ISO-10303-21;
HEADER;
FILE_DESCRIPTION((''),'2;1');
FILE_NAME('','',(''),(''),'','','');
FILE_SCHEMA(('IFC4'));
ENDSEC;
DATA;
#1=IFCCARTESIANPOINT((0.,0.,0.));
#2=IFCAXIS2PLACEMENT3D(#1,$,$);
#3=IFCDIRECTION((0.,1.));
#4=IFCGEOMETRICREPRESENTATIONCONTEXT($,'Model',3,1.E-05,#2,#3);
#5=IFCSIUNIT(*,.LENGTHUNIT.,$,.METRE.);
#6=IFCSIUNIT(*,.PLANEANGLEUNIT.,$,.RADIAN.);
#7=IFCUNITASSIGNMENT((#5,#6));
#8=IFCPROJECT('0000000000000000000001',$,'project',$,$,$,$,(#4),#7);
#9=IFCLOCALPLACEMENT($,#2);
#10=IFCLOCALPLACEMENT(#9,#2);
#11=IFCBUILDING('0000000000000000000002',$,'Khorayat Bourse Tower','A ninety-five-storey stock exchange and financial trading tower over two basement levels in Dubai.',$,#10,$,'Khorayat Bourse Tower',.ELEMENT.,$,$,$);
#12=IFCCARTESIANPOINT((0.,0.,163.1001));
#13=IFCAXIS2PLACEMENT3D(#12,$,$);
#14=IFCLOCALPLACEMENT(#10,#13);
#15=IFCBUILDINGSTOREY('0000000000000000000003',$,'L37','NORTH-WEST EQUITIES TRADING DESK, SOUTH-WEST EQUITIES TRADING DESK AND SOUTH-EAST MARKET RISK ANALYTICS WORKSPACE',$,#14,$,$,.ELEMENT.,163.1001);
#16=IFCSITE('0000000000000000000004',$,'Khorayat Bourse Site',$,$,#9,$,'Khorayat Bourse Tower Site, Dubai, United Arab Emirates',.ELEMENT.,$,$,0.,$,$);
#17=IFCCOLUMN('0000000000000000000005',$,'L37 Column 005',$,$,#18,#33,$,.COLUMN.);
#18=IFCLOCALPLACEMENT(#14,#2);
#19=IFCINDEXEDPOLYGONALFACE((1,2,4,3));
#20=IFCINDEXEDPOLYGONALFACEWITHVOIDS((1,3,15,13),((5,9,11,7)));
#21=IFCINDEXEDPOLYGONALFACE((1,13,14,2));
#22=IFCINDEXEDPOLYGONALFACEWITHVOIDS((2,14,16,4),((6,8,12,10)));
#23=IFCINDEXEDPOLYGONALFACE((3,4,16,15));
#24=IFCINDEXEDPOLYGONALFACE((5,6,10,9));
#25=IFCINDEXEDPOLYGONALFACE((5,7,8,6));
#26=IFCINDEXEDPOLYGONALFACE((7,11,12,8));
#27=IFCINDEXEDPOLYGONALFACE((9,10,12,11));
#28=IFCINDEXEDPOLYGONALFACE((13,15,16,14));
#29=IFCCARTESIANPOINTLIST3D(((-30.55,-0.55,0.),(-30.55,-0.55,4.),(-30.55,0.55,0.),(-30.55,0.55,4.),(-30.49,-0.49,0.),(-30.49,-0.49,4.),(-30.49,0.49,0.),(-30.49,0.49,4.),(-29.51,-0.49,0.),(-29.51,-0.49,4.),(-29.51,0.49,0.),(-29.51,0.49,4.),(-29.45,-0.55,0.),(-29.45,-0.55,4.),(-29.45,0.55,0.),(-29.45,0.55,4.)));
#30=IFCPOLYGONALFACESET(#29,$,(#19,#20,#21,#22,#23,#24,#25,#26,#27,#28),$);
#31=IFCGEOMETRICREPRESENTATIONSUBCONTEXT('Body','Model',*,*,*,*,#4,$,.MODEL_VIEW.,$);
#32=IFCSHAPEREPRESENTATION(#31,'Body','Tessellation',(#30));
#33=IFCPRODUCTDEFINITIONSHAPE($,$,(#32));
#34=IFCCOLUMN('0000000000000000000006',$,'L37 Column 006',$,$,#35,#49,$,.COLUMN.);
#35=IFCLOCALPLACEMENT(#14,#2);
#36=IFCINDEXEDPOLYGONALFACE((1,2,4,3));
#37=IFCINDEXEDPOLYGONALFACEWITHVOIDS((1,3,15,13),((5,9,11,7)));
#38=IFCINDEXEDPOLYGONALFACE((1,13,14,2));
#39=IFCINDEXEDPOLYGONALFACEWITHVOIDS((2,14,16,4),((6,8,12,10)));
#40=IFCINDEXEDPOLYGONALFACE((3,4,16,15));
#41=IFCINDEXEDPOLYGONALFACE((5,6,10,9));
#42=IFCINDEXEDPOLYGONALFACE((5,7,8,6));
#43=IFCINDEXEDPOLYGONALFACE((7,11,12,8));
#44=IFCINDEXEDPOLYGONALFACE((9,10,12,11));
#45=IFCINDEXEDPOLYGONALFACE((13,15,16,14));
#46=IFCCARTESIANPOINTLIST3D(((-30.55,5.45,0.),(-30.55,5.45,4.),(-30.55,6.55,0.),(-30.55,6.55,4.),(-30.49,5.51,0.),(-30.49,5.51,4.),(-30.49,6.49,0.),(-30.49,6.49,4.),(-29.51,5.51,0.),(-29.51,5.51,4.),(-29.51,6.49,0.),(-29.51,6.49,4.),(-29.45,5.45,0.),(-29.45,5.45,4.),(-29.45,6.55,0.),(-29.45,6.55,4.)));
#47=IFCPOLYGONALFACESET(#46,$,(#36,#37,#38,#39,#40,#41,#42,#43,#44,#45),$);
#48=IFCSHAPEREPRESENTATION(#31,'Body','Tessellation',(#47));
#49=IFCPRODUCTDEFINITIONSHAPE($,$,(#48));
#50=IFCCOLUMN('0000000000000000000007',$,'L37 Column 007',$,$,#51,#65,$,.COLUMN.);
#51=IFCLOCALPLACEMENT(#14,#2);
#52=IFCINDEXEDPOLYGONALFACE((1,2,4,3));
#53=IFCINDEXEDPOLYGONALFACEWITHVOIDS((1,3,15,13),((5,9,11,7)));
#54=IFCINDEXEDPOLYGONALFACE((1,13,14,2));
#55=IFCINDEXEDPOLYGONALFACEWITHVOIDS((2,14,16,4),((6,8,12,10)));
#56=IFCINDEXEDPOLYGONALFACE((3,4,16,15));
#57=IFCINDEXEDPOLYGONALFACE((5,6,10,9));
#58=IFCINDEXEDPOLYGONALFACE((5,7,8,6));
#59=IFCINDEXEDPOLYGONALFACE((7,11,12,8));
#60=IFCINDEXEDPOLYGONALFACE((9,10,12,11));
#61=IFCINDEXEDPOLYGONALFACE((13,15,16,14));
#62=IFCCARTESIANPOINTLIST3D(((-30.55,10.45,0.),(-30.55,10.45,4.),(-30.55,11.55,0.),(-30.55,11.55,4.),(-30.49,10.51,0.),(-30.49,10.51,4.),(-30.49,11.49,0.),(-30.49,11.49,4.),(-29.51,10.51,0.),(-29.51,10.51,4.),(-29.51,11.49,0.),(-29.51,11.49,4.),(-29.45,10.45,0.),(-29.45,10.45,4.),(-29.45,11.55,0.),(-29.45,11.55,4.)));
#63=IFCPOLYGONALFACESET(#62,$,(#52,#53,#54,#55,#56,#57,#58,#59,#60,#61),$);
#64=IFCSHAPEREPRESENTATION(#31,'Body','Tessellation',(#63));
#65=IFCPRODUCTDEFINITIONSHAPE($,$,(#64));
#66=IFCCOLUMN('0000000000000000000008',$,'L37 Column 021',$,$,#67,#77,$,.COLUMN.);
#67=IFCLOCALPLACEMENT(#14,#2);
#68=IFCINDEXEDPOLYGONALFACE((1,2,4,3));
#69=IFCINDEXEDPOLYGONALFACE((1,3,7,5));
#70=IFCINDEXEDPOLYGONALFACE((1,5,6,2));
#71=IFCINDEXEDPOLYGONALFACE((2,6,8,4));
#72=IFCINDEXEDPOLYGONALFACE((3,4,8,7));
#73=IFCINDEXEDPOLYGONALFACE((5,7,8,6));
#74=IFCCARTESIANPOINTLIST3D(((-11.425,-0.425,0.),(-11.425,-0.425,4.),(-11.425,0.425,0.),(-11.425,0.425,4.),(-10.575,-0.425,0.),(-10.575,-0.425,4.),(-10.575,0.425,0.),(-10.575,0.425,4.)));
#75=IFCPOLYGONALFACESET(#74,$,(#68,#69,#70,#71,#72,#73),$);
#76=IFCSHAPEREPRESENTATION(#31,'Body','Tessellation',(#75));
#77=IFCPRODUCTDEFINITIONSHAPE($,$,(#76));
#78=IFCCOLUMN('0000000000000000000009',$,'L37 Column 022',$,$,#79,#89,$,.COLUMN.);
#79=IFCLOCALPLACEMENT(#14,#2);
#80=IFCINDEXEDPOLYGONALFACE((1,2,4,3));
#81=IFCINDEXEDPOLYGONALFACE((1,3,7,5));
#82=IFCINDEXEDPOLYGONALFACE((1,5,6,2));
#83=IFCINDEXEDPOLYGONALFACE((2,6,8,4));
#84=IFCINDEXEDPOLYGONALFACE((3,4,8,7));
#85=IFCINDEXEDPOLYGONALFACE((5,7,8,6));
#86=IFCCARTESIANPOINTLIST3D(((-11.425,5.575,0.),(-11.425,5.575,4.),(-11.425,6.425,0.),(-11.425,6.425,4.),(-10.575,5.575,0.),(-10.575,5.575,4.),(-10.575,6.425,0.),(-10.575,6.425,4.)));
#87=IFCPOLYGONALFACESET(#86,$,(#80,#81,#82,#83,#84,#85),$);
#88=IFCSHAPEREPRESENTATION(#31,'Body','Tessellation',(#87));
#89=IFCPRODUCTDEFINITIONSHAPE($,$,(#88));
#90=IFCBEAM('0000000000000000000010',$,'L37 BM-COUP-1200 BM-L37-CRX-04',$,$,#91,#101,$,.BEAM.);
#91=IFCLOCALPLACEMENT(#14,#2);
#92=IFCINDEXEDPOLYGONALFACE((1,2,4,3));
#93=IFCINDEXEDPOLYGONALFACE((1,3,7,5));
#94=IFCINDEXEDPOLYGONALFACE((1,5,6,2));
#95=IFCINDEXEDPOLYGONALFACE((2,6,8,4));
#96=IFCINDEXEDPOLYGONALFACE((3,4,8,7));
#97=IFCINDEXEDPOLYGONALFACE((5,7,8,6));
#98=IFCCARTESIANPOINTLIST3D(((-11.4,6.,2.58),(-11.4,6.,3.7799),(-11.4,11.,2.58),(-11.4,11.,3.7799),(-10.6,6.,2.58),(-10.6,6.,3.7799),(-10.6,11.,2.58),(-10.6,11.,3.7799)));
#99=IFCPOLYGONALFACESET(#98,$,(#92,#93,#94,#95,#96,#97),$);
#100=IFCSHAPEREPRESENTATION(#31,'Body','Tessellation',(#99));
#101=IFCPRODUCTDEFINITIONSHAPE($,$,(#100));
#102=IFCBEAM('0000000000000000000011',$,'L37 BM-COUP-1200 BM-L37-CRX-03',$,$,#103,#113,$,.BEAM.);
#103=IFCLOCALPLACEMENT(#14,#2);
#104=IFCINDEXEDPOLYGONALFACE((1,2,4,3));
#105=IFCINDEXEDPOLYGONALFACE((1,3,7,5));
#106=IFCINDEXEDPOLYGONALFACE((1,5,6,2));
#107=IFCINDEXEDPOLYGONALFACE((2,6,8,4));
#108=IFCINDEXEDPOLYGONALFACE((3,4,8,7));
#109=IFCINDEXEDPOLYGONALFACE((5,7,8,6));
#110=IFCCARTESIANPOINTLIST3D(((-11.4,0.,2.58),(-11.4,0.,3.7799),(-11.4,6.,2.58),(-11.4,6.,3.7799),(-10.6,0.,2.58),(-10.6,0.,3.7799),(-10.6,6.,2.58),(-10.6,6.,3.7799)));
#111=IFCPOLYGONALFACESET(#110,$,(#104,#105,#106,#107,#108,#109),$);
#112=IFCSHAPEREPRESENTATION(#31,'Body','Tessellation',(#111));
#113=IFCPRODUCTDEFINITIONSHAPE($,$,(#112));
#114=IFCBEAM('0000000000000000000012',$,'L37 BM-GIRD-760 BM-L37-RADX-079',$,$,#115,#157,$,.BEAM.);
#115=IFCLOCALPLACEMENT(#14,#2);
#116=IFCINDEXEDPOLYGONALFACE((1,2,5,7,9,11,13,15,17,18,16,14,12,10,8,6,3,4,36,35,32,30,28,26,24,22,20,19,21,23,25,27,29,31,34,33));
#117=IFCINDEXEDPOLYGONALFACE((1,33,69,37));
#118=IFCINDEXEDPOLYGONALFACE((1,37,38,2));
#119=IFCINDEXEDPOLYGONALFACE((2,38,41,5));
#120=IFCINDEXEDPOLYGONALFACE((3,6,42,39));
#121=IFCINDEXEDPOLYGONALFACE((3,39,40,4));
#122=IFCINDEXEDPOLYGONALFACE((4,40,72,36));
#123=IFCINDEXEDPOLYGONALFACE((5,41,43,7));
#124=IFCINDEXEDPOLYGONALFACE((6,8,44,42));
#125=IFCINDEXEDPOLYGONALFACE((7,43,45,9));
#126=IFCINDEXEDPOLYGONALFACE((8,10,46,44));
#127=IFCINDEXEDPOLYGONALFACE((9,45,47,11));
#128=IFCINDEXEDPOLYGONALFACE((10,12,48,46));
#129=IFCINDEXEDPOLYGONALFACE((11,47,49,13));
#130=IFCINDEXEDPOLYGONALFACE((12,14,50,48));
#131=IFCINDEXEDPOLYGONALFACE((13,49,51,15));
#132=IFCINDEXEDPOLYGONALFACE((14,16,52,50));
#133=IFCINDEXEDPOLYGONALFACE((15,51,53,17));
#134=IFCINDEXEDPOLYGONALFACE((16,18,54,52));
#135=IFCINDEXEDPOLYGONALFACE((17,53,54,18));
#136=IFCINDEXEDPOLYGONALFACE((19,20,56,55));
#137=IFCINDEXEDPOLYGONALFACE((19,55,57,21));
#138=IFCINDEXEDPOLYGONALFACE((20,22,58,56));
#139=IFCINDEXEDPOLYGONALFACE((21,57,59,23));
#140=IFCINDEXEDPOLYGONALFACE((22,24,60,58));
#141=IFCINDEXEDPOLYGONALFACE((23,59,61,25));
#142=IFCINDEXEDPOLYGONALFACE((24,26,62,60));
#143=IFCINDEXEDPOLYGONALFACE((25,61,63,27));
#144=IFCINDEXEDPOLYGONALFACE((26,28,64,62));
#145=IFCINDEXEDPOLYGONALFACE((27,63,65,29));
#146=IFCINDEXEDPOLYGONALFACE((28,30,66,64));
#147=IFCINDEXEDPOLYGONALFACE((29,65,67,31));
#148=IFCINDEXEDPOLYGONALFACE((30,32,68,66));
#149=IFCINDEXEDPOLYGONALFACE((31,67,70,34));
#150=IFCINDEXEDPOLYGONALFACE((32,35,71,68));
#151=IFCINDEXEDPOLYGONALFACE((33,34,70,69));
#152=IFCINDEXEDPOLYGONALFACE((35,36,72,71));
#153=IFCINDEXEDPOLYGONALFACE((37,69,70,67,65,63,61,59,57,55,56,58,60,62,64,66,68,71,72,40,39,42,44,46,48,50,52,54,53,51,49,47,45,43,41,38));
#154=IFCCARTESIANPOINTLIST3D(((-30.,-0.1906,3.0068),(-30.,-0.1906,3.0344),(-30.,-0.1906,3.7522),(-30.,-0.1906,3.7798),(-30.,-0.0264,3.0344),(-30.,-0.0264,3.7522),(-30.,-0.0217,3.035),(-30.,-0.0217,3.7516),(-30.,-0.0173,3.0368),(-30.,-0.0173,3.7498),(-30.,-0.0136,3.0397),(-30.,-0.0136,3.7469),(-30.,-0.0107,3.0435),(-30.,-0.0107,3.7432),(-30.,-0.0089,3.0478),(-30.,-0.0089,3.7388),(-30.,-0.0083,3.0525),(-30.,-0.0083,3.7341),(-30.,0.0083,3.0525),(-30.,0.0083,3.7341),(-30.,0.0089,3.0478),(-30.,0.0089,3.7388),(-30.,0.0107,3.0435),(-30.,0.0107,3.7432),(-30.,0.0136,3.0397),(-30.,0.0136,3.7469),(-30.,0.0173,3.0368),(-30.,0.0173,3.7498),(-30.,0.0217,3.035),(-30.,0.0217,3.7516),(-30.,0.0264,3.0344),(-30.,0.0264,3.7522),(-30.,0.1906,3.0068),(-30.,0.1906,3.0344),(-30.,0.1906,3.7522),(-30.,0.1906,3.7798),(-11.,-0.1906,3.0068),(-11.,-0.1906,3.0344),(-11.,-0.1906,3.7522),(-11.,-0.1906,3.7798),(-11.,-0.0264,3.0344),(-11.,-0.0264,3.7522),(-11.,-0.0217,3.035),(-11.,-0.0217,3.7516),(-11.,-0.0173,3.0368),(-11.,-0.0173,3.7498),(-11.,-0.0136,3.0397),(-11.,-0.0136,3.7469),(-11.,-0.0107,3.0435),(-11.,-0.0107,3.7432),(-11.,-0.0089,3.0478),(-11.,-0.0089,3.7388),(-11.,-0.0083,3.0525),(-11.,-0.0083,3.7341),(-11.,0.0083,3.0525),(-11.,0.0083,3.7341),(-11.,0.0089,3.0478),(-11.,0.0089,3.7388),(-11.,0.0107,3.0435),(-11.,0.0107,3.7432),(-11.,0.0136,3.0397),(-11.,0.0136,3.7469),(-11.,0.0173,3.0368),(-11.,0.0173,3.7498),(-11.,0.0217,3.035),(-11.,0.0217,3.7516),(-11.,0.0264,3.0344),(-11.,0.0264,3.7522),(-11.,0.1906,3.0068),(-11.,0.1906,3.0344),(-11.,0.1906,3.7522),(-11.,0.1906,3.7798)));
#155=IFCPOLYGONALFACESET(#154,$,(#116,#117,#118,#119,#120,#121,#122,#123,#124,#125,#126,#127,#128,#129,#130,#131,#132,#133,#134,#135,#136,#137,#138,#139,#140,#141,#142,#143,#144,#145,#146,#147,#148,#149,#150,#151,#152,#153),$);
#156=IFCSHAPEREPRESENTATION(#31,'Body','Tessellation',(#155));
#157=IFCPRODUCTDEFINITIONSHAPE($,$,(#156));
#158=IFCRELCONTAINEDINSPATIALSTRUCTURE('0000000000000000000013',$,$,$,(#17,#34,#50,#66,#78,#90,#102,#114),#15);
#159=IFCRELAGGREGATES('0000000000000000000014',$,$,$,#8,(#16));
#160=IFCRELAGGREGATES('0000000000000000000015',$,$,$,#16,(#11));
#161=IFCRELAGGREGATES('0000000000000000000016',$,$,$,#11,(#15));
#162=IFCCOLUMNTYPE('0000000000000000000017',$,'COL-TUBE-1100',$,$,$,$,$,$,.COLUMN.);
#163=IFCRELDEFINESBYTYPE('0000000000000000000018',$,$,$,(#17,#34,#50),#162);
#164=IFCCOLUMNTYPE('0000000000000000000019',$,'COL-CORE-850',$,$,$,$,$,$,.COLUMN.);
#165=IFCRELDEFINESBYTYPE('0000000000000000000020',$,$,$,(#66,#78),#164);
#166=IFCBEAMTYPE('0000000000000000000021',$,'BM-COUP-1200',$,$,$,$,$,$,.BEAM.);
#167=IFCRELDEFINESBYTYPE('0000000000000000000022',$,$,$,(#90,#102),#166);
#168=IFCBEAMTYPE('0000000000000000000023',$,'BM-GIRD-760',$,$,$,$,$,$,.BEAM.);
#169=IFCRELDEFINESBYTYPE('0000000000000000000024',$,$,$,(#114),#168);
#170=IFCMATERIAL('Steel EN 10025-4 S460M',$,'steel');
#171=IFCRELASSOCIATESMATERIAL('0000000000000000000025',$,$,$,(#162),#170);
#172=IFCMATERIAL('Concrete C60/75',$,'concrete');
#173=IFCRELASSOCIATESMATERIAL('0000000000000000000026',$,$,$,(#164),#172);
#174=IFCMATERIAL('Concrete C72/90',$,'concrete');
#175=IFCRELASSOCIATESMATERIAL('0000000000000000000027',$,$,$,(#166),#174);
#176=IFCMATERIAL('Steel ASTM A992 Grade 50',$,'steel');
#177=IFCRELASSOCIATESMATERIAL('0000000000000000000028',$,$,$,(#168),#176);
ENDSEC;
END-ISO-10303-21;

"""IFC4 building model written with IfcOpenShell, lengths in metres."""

from ifc_helpers import new_model, si_unit, direction, frame, origin, origin_2d, place, context, subcontext, project, spatial, rectangle, hollow_rectangle, i_section, extrude, source, transform, mapped, material, material_profile, profile_set, type_object, element, save


model = new_model("IFC4")

# Units and contexts
model_context = context("Model", 3, precision=1e-05, world=origin(), true_north=direction((0.0, 1.0)))
body_context = subcontext(model_context, "Body", "Model", "MODEL_VIEW")
ifc_project = project(units=[si_unit("LENGTHUNIT", "METRE"), si_unit("PLANEANGLEUNIT", "RADIAN")], contexts=[model_context])

# Site, building, storey
site_placement = place(None, origin())
site = spatial("IfcSite", under=ifc_project, at=site_placement, Name="Khorayat Bourse Site", LongName="Khorayat Bourse Tower Site, Dubai, United Arab Emirates", CompositionType="ELEMENT", RefElevation=0.0)
building_placement = place(site_placement, origin())
building = spatial("IfcBuilding", under=site, at=building_placement, Name="Khorayat Bourse Tower", Description="A ninety-five-storey stock exchange and financial trading tower over two basement levels in Dubai.", LongName="Khorayat Bourse Tower", CompositionType="ELEMENT")
storey_placement = place(building_placement, frame((0.0, 0.0, 163.1001)))
storey = spatial("IfcBuildingStorey", under=building, at=storey_placement, Name="L37", Description="NORTH-WEST EQUITIES TRADING DESK, SOUTH-WEST EQUITIES TRADING DESK AND SOUTH-EAST MARKET RISK ANALYTICS WORKSPACE", CompositionType="ELEMENT", Elevation=163.1001)

# Columns
ifc_material_1 = material(Name="Steel EN 10025-4 S460M", Category="steel")
ifc_material_profile_1 = material_profile(ifc_material_1, hollow_rectangle(XDim=1.1001, YDim=1.1001, WallThickness=0.0601, at=origin_2d()), Name="BOX 1100x1100x60")
ifc_profile_set_1 = profile_set([ifc_material_profile_1], Name="Steel EN 10025-4 S460M")
column_type_1 = type_object("IfcColumnType", Name="COL-TUBE-1100", PredefinedType="COLUMN", material=ifc_profile_set_1)
shared_shape_1 = source(origin(), body_context, "Body", "SweptSolid", [
    extrude(hollow_rectangle(XDim=1.1001, YDim=1.1001, WallThickness=0.0601, at=origin_2d()), origin(), (0.0, 0.0, 1.0), 4.0),
])
for number, where, z_axis, x_axis, name in (
    (1, (-30.0, 0.0, 0.0), (0.0, 0.0, 1.0), (1.0, 0.0, 0.0), "L37 Column 005"),
    (2, (-30.0, 6.0, 0.0), (0.0, 0.0, 1.0), (1.0, 0.0, 0.0), "L37 Column 006"),
    (3, (-30.0, 11.0, 0.0), (0.0, 0.0, 1.0), (1.0, 0.0, 0.0), "L37 Column 007"),
):
    element("IfcColumn", number, at=place(storey_placement, frame(where, z_axis=z_axis, x_axis=x_axis)), inside=storey, type_object=column_type_1, Name=name, PredefinedType="COLUMN", context=body_context, shape_type="MappedRepresentation", body=[
        mapped(shared_shape_1, transform((0.0, 0.0, 0.0), scale=1.0)),
    ])
ifc_material_2 = material(Name="Concrete C60/75", Category="concrete")
ifc_material_profile_2 = material_profile(ifc_material_2, rectangle(XDim=0.8501, YDim=0.8501, at=origin_2d()), Name="RC 850x850")
ifc_profile_set_2 = profile_set([ifc_material_profile_2], Name="Concrete C60/75")
column_type_2 = type_object("IfcColumnType", Name="COL-CORE-850", PredefinedType="COLUMN", material=ifc_profile_set_2)
shared_shape_2 = source(origin(), body_context, "Body", "SweptSolid", [
    extrude(rectangle(XDim=0.8501, YDim=0.8501, at=origin_2d()), origin(), (0.0, 0.0, 1.0), 4.0),
])
for number, where, z_axis, x_axis, name in (
    (4, (-11.0, 0.0, 0.0), (0.0, 0.0, 1.0), (1.0, 0.0, 0.0), "L37 Column 021"),
    (5, (-11.0, 6.0, 0.0), (0.0, 0.0, 1.0), (1.0, 0.0, 0.0), "L37 Column 022"),
):
    element("IfcColumn", number, at=place(storey_placement, frame(where, z_axis=z_axis, x_axis=x_axis)), inside=storey, type_object=column_type_2, Name=name, PredefinedType="COLUMN", context=body_context, shape_type="MappedRepresentation", body=[
        mapped(shared_shape_2, transform((0.0, 0.0, 0.0), scale=1.0)),
    ])

# Beams
ifc_material_3 = material(Name="Concrete C72/90", Category="concrete")
ifc_material_profile_3 = material_profile(ifc_material_3, rectangle(XDim=0.8, YDim=1.2, at=origin_2d()), Name="RC 800x1200")
ifc_profile_set_3 = profile_set([ifc_material_profile_3], Name="Concrete C72/90")
beam_type_1 = type_object("IfcBeamType", Name="BM-COUP-1200", PredefinedType="BEAM", material=ifc_profile_set_3)
shared_shape_3 = source(origin(), body_context, "Body", "SweptSolid", [
    extrude(rectangle(XDim=0.8, YDim=1.2, at=origin_2d()), origin(), (0.0, 0.0, 1.0), 5.0),
])
beam_1_placement = place(storey_placement, frame((-11.0, 6.0, 3.1799), z_axis=(0.0, 1.0, 0.0), x_axis=(-1.0, 0.0, 0.0)))
element("IfcBeam", 6, at=beam_1_placement, inside=storey, type_object=beam_type_1, Name="L37 BM-COUP-1200 BM-L37-CRX-04", PredefinedType="BEAM", context=body_context, shape_type="MappedRepresentation", body=[
    mapped(shared_shape_3, transform((0.0, 0.0, 0.0), scale=1.0)),
])
shared_shape_4 = source(origin(), body_context, "Body", "SweptSolid", [
    extrude(rectangle(XDim=0.8, YDim=1.2, at=origin_2d()), origin(), (0.0, 0.0, 1.0), 6.0),
])
beam_2_placement = place(storey_placement, frame((-11.0, 0.0, 3.1799), z_axis=(0.0, 1.0, 0.0), x_axis=(-1.0, 0.0, 0.0)))
element("IfcBeam", 7, at=beam_2_placement, inside=storey, type_object=beam_type_1, Name="L37 BM-COUP-1200 BM-L37-CRX-03", PredefinedType="BEAM", context=body_context, shape_type="MappedRepresentation", body=[
    mapped(shared_shape_4, transform((0.0, 0.0, 0.0), scale=1.0)),
])
ifc_material_4 = material(Name="Steel ASTM A992 Grade 50", Category="steel")
ifc_material_profile_4 = material_profile(ifc_material_4, i_section(OverallWidth=0.3811, OverallDepth=0.7729, WebThickness=0.0166, FlangeThickness=0.0276, FilletRadius=0.0181, at=origin_2d()), Name="W760X257")
ifc_profile_set_4 = profile_set([ifc_material_profile_4], Name="Steel ASTM A992 Grade 50")
beam_type_2 = type_object("IfcBeamType", Name="BM-GIRD-760", PredefinedType="BEAM", material=ifc_profile_set_4)
shared_shape_5 = source(origin(), body_context, "Body", "SweptSolid", [
    extrude(i_section(OverallWidth=0.3811, OverallDepth=0.7729, WebThickness=0.0166, FlangeThickness=0.0276, FilletRadius=0.0181, at=origin_2d()), origin(), (0.0, 0.0, 1.0), 19.0),
])
for number, where, z_axis, x_axis, name in (
    (8, (-30.0, 0.0, 3.3933), (1.0, 0.0, 0.0), (0.0, 1.0, 0.0), "L37 BM-GIRD-760 BM-L37-RADX-079"),
):
    element("IfcBeam", number, at=place(storey_placement, frame(where, z_axis=z_axis, x_axis=x_axis)), inside=storey, type_object=beam_type_2, Name=name, PredefinedType="BEAM", context=body_context, shape_type="MappedRepresentation", body=[
        mapped(shared_shape_5, transform((0.0, 0.0, 0.0), scale=1.0)),
    ])

save(model, "model.ifc")
